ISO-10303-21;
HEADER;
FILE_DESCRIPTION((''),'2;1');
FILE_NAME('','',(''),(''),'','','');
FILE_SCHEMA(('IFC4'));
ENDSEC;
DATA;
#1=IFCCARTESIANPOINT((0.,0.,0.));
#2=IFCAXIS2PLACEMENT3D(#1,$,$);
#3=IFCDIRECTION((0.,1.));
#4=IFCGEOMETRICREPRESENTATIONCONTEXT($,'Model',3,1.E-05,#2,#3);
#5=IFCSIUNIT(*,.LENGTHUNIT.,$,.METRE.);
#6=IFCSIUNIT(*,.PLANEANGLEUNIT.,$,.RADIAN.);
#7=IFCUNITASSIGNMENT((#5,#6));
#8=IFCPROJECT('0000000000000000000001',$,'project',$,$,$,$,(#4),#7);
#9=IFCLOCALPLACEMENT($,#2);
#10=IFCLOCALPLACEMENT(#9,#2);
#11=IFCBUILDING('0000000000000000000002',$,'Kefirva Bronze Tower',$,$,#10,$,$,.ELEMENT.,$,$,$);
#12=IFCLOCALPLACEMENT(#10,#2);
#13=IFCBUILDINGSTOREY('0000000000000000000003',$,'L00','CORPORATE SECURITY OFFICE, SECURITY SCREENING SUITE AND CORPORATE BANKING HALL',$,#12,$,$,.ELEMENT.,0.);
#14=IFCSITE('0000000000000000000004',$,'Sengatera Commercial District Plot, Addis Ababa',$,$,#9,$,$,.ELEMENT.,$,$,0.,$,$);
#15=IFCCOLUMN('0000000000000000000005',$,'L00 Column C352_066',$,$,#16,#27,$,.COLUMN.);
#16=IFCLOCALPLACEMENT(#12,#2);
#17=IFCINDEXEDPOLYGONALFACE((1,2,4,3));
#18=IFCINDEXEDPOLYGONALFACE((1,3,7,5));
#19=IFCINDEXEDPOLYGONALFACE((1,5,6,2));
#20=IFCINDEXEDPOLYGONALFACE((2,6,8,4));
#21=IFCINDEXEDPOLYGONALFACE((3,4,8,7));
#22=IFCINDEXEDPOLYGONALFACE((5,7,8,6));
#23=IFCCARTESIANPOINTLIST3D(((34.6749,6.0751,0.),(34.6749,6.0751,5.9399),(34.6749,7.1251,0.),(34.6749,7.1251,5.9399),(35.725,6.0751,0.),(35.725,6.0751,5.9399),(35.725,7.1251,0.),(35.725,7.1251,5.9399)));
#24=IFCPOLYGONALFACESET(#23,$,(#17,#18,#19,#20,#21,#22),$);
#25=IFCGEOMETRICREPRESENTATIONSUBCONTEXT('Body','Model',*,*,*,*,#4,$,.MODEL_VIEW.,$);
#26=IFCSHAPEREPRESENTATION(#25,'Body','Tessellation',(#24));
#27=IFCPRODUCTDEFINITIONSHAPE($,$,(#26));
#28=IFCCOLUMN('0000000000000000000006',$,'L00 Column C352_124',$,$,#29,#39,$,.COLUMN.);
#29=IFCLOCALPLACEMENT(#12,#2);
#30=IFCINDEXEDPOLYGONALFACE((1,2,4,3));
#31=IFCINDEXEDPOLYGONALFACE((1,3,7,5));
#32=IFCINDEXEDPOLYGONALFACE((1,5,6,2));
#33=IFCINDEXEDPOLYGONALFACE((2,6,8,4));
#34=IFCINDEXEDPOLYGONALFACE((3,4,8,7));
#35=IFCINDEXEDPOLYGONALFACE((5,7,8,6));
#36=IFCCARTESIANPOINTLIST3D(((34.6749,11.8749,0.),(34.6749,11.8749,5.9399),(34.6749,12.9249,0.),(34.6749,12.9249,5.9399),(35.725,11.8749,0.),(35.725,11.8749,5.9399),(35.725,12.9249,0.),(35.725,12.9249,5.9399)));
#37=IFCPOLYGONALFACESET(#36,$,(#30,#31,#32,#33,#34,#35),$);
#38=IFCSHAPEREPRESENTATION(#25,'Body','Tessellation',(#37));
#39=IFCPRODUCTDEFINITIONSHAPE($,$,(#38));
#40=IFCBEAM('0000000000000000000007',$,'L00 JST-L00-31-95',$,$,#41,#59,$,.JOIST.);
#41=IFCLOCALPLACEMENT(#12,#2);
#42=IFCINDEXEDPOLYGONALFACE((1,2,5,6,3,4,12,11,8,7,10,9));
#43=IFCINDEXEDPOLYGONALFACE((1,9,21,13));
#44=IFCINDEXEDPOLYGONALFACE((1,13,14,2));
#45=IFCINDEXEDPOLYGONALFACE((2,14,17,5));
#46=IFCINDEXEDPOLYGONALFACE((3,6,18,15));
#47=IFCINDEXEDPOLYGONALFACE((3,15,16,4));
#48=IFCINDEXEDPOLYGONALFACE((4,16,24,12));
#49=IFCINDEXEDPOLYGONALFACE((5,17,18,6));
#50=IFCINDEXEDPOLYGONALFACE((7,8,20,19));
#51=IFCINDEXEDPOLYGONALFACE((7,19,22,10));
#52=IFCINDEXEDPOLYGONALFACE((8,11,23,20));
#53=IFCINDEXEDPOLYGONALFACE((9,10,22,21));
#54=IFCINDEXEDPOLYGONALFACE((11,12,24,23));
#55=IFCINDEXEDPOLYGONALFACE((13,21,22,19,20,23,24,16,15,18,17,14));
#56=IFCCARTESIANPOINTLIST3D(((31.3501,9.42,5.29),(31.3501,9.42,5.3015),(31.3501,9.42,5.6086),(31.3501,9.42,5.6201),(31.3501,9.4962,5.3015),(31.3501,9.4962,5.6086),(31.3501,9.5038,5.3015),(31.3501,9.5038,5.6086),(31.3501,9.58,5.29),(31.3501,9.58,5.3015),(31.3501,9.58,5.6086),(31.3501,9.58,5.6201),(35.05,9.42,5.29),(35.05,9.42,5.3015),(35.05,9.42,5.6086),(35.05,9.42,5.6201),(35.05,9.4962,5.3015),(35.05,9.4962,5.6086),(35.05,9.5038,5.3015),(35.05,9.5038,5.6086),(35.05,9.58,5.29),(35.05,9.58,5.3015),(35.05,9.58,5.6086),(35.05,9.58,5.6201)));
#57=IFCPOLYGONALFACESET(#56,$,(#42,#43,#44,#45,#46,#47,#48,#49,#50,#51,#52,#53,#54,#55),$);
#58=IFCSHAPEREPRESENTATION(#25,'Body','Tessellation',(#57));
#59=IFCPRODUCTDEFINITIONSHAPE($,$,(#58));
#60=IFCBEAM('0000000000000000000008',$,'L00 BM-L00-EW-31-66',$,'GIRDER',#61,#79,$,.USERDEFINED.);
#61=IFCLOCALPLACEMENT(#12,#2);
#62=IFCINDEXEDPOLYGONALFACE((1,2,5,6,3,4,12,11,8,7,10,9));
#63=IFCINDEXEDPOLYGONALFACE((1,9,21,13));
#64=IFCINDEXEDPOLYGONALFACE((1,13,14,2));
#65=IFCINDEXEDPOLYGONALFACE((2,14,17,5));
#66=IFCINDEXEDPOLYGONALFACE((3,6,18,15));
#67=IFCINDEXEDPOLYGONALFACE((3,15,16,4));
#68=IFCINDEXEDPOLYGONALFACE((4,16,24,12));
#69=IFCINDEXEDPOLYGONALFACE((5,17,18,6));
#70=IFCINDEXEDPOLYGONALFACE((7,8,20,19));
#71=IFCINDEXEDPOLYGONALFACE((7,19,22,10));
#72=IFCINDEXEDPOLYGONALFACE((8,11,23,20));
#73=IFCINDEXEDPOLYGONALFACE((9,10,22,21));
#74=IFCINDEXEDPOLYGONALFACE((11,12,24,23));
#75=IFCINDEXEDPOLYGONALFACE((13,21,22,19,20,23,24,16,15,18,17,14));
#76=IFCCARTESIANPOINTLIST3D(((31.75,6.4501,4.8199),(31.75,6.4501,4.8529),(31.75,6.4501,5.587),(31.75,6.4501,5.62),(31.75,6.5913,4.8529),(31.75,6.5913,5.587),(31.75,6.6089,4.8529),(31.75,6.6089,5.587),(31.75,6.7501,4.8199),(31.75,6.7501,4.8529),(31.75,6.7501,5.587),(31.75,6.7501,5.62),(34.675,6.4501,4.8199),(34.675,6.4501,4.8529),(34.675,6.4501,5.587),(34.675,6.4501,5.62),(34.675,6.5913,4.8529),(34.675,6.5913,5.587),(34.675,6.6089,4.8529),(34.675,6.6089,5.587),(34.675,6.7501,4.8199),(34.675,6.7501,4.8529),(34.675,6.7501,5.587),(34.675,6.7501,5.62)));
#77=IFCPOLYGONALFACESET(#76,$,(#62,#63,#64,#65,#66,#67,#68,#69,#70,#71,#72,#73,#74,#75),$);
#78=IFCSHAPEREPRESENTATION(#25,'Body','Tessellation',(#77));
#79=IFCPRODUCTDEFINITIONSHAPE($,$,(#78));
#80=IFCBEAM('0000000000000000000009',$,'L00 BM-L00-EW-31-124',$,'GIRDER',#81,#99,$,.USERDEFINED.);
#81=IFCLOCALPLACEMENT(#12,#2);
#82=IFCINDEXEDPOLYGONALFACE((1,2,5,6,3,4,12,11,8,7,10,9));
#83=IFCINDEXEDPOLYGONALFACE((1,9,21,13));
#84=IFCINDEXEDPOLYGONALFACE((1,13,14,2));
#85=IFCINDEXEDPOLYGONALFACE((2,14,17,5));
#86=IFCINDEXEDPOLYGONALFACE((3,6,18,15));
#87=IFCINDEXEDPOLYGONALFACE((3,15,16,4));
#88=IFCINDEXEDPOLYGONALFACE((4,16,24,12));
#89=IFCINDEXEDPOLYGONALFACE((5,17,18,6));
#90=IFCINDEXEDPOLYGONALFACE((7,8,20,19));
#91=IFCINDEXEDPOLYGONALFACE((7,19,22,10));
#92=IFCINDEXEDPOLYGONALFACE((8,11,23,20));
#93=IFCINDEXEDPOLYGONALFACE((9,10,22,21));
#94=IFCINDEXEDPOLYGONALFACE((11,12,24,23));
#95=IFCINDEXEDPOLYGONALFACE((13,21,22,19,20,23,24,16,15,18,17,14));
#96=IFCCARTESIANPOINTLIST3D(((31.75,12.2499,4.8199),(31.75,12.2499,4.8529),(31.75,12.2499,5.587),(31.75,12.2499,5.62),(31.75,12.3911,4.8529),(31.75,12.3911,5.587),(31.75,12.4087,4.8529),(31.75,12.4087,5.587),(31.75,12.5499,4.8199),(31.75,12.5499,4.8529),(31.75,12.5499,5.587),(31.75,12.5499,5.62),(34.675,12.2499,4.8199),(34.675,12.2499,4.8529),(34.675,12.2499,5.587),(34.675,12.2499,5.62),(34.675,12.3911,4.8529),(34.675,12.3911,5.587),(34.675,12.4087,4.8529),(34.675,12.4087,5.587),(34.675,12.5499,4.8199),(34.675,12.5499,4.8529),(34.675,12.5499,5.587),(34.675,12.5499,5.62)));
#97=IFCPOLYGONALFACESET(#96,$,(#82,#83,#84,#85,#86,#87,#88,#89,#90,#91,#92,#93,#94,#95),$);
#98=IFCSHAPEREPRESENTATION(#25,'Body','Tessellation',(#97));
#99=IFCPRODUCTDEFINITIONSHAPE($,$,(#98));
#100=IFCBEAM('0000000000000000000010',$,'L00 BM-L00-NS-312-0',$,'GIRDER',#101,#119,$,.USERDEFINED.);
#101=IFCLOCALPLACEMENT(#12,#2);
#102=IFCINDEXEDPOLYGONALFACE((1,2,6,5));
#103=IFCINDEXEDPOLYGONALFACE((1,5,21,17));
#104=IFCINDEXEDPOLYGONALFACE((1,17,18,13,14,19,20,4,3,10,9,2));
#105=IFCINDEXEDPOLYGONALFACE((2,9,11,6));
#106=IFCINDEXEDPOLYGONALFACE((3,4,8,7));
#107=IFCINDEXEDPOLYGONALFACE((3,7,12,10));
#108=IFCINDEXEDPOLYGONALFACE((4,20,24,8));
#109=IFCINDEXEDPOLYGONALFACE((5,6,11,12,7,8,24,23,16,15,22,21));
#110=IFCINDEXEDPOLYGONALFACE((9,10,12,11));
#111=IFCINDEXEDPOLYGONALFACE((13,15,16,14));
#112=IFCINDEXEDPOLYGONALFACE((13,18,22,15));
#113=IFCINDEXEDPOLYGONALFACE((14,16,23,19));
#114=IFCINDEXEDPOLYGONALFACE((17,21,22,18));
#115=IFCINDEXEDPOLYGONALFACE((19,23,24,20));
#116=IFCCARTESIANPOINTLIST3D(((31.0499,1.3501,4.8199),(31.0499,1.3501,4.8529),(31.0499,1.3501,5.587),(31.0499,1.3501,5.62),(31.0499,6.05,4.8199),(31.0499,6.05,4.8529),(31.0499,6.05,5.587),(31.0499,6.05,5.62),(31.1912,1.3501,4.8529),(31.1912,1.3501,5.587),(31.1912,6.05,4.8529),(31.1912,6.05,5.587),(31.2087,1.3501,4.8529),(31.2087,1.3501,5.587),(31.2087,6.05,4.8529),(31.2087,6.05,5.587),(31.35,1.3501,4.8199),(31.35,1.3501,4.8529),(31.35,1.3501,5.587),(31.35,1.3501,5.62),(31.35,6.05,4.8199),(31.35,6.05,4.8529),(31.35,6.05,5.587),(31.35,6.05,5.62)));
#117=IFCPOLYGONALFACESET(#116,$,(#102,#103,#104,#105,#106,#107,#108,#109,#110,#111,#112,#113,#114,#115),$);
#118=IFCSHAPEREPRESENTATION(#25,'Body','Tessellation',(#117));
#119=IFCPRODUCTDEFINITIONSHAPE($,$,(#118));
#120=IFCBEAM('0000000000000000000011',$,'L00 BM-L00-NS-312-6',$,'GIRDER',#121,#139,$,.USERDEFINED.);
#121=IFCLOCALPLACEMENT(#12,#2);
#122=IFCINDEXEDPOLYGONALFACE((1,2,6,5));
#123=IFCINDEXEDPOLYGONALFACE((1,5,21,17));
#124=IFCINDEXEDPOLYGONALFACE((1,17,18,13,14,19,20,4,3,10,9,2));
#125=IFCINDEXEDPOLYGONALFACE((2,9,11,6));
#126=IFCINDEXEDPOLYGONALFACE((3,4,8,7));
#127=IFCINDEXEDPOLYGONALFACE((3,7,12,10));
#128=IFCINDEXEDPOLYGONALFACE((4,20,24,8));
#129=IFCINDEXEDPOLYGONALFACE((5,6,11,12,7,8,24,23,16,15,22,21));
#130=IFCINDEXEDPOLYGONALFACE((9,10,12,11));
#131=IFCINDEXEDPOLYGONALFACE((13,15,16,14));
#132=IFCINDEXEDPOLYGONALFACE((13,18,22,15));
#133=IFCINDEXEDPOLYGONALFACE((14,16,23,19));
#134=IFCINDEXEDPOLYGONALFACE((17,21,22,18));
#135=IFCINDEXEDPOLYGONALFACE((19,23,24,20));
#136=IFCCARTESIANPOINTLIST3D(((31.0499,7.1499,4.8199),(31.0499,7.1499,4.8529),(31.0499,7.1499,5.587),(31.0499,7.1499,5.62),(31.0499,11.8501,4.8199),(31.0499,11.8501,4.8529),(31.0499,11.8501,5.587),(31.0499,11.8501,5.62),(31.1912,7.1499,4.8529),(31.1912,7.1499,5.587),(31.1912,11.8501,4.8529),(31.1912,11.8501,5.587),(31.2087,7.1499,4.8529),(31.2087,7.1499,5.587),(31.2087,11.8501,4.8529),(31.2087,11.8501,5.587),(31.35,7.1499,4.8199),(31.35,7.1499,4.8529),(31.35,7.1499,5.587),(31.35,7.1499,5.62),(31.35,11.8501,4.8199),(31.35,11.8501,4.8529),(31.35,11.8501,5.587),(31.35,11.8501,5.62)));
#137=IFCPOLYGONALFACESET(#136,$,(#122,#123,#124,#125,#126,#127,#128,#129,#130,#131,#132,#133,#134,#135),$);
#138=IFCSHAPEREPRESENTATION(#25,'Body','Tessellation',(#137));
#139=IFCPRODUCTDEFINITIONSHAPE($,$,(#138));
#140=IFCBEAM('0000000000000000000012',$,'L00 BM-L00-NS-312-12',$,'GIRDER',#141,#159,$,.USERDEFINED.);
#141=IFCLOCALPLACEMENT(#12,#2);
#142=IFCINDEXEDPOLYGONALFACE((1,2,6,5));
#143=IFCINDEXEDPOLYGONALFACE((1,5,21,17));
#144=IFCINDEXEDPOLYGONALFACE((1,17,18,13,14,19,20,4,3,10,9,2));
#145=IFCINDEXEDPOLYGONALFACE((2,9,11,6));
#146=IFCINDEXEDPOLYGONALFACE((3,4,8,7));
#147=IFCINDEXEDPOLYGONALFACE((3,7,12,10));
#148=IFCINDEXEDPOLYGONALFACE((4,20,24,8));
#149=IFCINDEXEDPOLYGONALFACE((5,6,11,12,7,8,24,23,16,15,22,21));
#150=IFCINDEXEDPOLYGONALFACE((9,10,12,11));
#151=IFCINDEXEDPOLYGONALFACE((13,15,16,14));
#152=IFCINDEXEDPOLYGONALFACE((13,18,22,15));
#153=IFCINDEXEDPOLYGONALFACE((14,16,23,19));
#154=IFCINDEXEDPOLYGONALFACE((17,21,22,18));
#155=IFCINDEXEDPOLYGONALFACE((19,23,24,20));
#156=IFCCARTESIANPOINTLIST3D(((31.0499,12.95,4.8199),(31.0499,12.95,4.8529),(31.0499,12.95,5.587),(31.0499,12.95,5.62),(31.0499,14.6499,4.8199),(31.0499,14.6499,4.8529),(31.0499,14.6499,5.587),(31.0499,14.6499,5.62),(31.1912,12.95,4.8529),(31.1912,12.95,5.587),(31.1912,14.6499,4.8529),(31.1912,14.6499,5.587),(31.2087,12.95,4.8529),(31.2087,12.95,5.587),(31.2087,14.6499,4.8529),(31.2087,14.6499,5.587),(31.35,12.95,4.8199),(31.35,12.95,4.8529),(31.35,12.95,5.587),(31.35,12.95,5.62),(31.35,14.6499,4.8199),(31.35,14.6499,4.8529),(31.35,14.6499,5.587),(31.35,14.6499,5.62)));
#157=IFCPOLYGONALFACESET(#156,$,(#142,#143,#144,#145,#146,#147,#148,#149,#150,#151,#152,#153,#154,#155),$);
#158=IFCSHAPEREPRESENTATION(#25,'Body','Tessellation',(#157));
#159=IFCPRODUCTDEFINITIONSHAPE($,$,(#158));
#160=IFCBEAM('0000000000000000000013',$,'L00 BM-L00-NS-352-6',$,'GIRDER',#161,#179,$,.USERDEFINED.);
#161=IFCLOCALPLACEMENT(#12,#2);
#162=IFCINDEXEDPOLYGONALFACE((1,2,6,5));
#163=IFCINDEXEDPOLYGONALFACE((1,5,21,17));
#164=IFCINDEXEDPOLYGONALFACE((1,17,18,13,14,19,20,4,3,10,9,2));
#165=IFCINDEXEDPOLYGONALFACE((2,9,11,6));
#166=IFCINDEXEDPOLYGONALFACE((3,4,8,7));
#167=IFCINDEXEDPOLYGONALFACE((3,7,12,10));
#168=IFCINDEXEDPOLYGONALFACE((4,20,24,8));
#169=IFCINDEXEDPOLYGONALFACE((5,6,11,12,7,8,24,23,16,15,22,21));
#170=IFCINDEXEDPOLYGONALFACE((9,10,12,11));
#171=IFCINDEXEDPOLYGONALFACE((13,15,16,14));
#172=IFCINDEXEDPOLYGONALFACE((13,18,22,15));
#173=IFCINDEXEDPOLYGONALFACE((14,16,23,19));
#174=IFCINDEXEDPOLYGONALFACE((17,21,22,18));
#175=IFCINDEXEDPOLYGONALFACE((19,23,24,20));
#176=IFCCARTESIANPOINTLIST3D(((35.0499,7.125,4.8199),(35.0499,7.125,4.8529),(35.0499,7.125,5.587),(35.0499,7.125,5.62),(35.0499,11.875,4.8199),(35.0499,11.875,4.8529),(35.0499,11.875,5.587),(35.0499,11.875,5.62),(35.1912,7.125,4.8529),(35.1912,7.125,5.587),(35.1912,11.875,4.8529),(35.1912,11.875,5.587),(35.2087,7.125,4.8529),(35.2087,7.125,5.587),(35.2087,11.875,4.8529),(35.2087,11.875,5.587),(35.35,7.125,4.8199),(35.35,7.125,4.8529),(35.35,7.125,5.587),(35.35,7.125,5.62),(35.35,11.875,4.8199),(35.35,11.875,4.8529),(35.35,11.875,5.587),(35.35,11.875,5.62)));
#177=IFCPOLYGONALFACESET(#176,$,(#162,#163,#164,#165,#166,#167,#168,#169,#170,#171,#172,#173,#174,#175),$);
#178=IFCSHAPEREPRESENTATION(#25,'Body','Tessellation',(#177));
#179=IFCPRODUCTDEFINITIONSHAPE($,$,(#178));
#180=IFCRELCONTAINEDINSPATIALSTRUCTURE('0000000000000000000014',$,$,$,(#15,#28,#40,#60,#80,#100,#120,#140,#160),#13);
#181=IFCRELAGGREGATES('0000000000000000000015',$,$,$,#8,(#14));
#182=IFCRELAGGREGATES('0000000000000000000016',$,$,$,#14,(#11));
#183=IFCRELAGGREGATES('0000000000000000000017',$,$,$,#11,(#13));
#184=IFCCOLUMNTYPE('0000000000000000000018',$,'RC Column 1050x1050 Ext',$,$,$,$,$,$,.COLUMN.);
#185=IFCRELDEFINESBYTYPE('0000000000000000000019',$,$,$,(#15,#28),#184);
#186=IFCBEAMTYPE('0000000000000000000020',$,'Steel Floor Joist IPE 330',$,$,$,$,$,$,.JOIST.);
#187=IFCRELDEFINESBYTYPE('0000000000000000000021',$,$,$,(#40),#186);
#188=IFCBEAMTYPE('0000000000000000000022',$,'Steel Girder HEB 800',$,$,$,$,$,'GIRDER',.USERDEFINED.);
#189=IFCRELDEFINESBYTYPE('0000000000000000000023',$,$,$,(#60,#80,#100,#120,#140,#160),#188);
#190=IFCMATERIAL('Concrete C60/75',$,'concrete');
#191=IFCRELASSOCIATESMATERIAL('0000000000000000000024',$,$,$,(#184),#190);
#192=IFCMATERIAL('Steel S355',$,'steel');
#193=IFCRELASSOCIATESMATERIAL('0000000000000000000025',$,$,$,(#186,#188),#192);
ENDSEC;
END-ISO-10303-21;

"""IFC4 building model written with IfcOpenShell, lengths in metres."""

from ifc_helpers import new_model, si_unit, direction, frame, origin, origin_2d, place, context, subcontext, project, spatial, rectangle, i_section, extrude, material, material_profile, profile_set, type_object, element, save


model = new_model("IFC4")

# Units and contexts
model_context = context("Model", 3, precision=1e-05, world=origin(), true_north=direction((0.0, 1.0)))
body_context = subcontext(model_context, "Body", "Model", "MODEL_VIEW")
ifc_project = project(units=[si_unit("LENGTHUNIT", "METRE"), si_unit("PLANEANGLEUNIT", "RADIAN")], contexts=[model_context])

# Site, building, storey
site_placement = place(None, origin())
site = spatial("IfcSite", under=ifc_project, at=site_placement, Name="Sengatera Commercial District Plot, Addis Ababa", CompositionType="ELEMENT", RefElevation=0.0)
building_placement = place(site_placement, origin())
building = spatial("IfcBuilding", under=site, at=building_placement, Name="Kefirva Bronze Tower", CompositionType="ELEMENT")
storey_placement = place(building_placement, origin())
storey = spatial("IfcBuildingStorey", under=building, at=storey_placement, Name="L00", Description="CORPORATE SECURITY OFFICE, SECURITY SCREENING SUITE AND CORPORATE BANKING HALL", CompositionType="ELEMENT", Elevation=0.0)

# Columns
ifc_material_1 = material(Name="Concrete C60/75", Category="concrete")
ifc_material_profile_1 = material_profile(ifc_material_1, rectangle(XDim=1.05, YDim=1.05, at=origin_2d()), Name="RC 1050x1050")
ifc_profile_set_1 = profile_set([ifc_material_profile_1], Name="Concrete C60/75")
column_type = type_object("IfcColumnType", Name="RC Column 1050x1050 Ext", PredefinedType="COLUMN", material=ifc_profile_set_1)
for number, where, z_axis, x_axis, name in (
    (1, (35.2, 6.6001, 0.0), (0.0, 0.0, 1.0), (1.0, 0.0, 0.0), "L00 Column C352_066"),
    (2, (35.2, 12.3999, 0.0), (0.0, 0.0, 1.0), (1.0, 0.0, 0.0), "L00 Column C352_124"),
):
    element("IfcColumn", number, at=place(storey_placement, frame(where, z_axis=z_axis, x_axis=x_axis)), inside=storey, type_object=column_type, Name=name, PredefinedType="COLUMN", context=body_context, shape_type="SweptSolid", body=[
        extrude(rectangle(XDim=1.05, YDim=1.05, at=origin_2d()), origin(), (0.0, 0.0, 1.0), 5.9399),
    ])

# Beams
ifc_material_2 = material(Name="Steel S355", Category="steel")
ifc_material_profile_2 = material_profile(ifc_material_2, i_section(OverallWidth=0.1599, OverallDepth=0.3301, WebThickness=0.0076, FlangeThickness=0.0115, at=origin_2d()), Name="IPE 330")
ifc_profile_set_2 = profile_set([ifc_material_profile_2], Name="Steel S355")
beam_type_1 = type_object("IfcBeamType", Name="Steel Floor Joist IPE 330", PredefinedType="JOIST", material=ifc_profile_set_2)
beam_1_placement = place(storey_placement, frame((31.3501, 9.5, 5.4551), z_axis=(1.0, 0.0, 0.0), x_axis=(0.0, 1.0, 0.0)))
element("IfcBeam", 3, at=beam_1_placement, inside=storey, type_object=beam_type_1, Name="L00 JST-L00-31-95", PredefinedType="JOIST", context=body_context, shape_type="SweptSolid", body=[
    extrude(i_section(OverallWidth=0.1599, OverallDepth=0.3301, WebThickness=0.0076, FlangeThickness=0.0115, at=origin_2d()), origin(), (0.0, 0.0, 1.0), 3.7),
])
ifc_material_profile_3 = material_profile(ifc_material_2, i_section(OverallWidth=0.3, OverallDepth=0.8, WebThickness=0.0176, FlangeThickness=0.033, at=origin_2d()), Name="HEB 800")
ifc_profile_set_3 = profile_set([ifc_material_profile_3], Name="Steel S355")
beam_type_2 = type_object("IfcBeamType", Name="Steel Girder HEB 800", ElementType="GIRDER", PredefinedType="USERDEFINED", material=ifc_profile_set_3)
for number, where, z_axis, x_axis, name in (
    (4, (31.75, 6.6001, 5.22), (1.0, 0.0, 0.0), (0.0, 1.0, 0.0), "L00 BM-L00-EW-31-66"),
    (5, (31.75, 12.3999, 5.22), (1.0, 0.0, 0.0), (0.0, 1.0, 0.0), "L00 BM-L00-EW-31-124"),
):
    element("IfcBeam", number, at=place(storey_placement, frame(where, z_axis=z_axis, x_axis=x_axis)), inside=storey, type_object=beam_type_2, Name=name, ObjectType="GIRDER", PredefinedType="USERDEFINED", context=body_context, shape_type="SweptSolid", body=[
        extrude(i_section(OverallWidth=0.3, OverallDepth=0.8, WebThickness=0.0176, FlangeThickness=0.033, at=origin_2d()), origin(), (0.0, 0.0, 1.0), 2.925),
    ])
beam_2_placement = place(storey_placement, frame((31.2, 1.3501, 5.22), z_axis=(0.0, 1.0, 0.0), x_axis=(-1.0, 0.0, 0.0)))
element("IfcBeam", 6, at=beam_2_placement, inside=storey, type_object=beam_type_2, Name="L00 BM-L00-NS-312-0", ObjectType="GIRDER", PredefinedType="USERDEFINED", context=body_context, shape_type="SweptSolid", body=[
    extrude(i_section(OverallWidth=0.3, OverallDepth=0.8, WebThickness=0.0176, FlangeThickness=0.033, at=origin_2d()), origin(), (0.0, 0.0, 1.0), 4.7),
])
beam_3_placement = place(storey_placement, frame((31.2, 7.1499, 5.22), z_axis=(0.0, 1.0, 0.0), x_axis=(-1.0, 0.0, 0.0)))
element("IfcBeam", 7, at=beam_3_placement, inside=storey, type_object=beam_type_2, Name="L00 BM-L00-NS-312-6", ObjectType="GIRDER", PredefinedType="USERDEFINED", context=body_context, shape_type="SweptSolid", body=[
    extrude(i_section(OverallWidth=0.3, OverallDepth=0.8, WebThickness=0.0176, FlangeThickness=0.033, at=origin_2d()), origin(), (0.0, 0.0, 1.0), 4.7002),
])
beam_4_placement = place(storey_placement, frame((31.2, 12.95, 5.22), z_axis=(0.0, 1.0, 0.0), x_axis=(-1.0, 0.0, 0.0)))
element("IfcBeam", 8, at=beam_4_placement, inside=storey, type_object=beam_type_2, Name="L00 BM-L00-NS-312-12", ObjectType="GIRDER", PredefinedType="USERDEFINED", context=body_context, shape_type="SweptSolid", body=[
    extrude(i_section(OverallWidth=0.3, OverallDepth=0.8, WebThickness=0.0176, FlangeThickness=0.033, at=origin_2d()), origin(), (0.0, 0.0, 1.0), 1.7),
])
beam_5_placement = place(storey_placement, frame((35.2, 7.125, 5.22), z_axis=(0.0, 1.0, 0.0), x_axis=(-1.0, 0.0, 0.0)))
element("IfcBeam", 9, at=beam_5_placement, inside=storey, type_object=beam_type_2, Name="L00 BM-L00-NS-352-6", ObjectType="GIRDER", PredefinedType="USERDEFINED", context=body_context, shape_type="SweptSolid", body=[
    extrude(i_section(OverallWidth=0.3, OverallDepth=0.8, WebThickness=0.0176, FlangeThickness=0.033, at=origin_2d()), origin(), (0.0, 0.0, 1.0), 4.75),
])

save(model, "model.ifc")
